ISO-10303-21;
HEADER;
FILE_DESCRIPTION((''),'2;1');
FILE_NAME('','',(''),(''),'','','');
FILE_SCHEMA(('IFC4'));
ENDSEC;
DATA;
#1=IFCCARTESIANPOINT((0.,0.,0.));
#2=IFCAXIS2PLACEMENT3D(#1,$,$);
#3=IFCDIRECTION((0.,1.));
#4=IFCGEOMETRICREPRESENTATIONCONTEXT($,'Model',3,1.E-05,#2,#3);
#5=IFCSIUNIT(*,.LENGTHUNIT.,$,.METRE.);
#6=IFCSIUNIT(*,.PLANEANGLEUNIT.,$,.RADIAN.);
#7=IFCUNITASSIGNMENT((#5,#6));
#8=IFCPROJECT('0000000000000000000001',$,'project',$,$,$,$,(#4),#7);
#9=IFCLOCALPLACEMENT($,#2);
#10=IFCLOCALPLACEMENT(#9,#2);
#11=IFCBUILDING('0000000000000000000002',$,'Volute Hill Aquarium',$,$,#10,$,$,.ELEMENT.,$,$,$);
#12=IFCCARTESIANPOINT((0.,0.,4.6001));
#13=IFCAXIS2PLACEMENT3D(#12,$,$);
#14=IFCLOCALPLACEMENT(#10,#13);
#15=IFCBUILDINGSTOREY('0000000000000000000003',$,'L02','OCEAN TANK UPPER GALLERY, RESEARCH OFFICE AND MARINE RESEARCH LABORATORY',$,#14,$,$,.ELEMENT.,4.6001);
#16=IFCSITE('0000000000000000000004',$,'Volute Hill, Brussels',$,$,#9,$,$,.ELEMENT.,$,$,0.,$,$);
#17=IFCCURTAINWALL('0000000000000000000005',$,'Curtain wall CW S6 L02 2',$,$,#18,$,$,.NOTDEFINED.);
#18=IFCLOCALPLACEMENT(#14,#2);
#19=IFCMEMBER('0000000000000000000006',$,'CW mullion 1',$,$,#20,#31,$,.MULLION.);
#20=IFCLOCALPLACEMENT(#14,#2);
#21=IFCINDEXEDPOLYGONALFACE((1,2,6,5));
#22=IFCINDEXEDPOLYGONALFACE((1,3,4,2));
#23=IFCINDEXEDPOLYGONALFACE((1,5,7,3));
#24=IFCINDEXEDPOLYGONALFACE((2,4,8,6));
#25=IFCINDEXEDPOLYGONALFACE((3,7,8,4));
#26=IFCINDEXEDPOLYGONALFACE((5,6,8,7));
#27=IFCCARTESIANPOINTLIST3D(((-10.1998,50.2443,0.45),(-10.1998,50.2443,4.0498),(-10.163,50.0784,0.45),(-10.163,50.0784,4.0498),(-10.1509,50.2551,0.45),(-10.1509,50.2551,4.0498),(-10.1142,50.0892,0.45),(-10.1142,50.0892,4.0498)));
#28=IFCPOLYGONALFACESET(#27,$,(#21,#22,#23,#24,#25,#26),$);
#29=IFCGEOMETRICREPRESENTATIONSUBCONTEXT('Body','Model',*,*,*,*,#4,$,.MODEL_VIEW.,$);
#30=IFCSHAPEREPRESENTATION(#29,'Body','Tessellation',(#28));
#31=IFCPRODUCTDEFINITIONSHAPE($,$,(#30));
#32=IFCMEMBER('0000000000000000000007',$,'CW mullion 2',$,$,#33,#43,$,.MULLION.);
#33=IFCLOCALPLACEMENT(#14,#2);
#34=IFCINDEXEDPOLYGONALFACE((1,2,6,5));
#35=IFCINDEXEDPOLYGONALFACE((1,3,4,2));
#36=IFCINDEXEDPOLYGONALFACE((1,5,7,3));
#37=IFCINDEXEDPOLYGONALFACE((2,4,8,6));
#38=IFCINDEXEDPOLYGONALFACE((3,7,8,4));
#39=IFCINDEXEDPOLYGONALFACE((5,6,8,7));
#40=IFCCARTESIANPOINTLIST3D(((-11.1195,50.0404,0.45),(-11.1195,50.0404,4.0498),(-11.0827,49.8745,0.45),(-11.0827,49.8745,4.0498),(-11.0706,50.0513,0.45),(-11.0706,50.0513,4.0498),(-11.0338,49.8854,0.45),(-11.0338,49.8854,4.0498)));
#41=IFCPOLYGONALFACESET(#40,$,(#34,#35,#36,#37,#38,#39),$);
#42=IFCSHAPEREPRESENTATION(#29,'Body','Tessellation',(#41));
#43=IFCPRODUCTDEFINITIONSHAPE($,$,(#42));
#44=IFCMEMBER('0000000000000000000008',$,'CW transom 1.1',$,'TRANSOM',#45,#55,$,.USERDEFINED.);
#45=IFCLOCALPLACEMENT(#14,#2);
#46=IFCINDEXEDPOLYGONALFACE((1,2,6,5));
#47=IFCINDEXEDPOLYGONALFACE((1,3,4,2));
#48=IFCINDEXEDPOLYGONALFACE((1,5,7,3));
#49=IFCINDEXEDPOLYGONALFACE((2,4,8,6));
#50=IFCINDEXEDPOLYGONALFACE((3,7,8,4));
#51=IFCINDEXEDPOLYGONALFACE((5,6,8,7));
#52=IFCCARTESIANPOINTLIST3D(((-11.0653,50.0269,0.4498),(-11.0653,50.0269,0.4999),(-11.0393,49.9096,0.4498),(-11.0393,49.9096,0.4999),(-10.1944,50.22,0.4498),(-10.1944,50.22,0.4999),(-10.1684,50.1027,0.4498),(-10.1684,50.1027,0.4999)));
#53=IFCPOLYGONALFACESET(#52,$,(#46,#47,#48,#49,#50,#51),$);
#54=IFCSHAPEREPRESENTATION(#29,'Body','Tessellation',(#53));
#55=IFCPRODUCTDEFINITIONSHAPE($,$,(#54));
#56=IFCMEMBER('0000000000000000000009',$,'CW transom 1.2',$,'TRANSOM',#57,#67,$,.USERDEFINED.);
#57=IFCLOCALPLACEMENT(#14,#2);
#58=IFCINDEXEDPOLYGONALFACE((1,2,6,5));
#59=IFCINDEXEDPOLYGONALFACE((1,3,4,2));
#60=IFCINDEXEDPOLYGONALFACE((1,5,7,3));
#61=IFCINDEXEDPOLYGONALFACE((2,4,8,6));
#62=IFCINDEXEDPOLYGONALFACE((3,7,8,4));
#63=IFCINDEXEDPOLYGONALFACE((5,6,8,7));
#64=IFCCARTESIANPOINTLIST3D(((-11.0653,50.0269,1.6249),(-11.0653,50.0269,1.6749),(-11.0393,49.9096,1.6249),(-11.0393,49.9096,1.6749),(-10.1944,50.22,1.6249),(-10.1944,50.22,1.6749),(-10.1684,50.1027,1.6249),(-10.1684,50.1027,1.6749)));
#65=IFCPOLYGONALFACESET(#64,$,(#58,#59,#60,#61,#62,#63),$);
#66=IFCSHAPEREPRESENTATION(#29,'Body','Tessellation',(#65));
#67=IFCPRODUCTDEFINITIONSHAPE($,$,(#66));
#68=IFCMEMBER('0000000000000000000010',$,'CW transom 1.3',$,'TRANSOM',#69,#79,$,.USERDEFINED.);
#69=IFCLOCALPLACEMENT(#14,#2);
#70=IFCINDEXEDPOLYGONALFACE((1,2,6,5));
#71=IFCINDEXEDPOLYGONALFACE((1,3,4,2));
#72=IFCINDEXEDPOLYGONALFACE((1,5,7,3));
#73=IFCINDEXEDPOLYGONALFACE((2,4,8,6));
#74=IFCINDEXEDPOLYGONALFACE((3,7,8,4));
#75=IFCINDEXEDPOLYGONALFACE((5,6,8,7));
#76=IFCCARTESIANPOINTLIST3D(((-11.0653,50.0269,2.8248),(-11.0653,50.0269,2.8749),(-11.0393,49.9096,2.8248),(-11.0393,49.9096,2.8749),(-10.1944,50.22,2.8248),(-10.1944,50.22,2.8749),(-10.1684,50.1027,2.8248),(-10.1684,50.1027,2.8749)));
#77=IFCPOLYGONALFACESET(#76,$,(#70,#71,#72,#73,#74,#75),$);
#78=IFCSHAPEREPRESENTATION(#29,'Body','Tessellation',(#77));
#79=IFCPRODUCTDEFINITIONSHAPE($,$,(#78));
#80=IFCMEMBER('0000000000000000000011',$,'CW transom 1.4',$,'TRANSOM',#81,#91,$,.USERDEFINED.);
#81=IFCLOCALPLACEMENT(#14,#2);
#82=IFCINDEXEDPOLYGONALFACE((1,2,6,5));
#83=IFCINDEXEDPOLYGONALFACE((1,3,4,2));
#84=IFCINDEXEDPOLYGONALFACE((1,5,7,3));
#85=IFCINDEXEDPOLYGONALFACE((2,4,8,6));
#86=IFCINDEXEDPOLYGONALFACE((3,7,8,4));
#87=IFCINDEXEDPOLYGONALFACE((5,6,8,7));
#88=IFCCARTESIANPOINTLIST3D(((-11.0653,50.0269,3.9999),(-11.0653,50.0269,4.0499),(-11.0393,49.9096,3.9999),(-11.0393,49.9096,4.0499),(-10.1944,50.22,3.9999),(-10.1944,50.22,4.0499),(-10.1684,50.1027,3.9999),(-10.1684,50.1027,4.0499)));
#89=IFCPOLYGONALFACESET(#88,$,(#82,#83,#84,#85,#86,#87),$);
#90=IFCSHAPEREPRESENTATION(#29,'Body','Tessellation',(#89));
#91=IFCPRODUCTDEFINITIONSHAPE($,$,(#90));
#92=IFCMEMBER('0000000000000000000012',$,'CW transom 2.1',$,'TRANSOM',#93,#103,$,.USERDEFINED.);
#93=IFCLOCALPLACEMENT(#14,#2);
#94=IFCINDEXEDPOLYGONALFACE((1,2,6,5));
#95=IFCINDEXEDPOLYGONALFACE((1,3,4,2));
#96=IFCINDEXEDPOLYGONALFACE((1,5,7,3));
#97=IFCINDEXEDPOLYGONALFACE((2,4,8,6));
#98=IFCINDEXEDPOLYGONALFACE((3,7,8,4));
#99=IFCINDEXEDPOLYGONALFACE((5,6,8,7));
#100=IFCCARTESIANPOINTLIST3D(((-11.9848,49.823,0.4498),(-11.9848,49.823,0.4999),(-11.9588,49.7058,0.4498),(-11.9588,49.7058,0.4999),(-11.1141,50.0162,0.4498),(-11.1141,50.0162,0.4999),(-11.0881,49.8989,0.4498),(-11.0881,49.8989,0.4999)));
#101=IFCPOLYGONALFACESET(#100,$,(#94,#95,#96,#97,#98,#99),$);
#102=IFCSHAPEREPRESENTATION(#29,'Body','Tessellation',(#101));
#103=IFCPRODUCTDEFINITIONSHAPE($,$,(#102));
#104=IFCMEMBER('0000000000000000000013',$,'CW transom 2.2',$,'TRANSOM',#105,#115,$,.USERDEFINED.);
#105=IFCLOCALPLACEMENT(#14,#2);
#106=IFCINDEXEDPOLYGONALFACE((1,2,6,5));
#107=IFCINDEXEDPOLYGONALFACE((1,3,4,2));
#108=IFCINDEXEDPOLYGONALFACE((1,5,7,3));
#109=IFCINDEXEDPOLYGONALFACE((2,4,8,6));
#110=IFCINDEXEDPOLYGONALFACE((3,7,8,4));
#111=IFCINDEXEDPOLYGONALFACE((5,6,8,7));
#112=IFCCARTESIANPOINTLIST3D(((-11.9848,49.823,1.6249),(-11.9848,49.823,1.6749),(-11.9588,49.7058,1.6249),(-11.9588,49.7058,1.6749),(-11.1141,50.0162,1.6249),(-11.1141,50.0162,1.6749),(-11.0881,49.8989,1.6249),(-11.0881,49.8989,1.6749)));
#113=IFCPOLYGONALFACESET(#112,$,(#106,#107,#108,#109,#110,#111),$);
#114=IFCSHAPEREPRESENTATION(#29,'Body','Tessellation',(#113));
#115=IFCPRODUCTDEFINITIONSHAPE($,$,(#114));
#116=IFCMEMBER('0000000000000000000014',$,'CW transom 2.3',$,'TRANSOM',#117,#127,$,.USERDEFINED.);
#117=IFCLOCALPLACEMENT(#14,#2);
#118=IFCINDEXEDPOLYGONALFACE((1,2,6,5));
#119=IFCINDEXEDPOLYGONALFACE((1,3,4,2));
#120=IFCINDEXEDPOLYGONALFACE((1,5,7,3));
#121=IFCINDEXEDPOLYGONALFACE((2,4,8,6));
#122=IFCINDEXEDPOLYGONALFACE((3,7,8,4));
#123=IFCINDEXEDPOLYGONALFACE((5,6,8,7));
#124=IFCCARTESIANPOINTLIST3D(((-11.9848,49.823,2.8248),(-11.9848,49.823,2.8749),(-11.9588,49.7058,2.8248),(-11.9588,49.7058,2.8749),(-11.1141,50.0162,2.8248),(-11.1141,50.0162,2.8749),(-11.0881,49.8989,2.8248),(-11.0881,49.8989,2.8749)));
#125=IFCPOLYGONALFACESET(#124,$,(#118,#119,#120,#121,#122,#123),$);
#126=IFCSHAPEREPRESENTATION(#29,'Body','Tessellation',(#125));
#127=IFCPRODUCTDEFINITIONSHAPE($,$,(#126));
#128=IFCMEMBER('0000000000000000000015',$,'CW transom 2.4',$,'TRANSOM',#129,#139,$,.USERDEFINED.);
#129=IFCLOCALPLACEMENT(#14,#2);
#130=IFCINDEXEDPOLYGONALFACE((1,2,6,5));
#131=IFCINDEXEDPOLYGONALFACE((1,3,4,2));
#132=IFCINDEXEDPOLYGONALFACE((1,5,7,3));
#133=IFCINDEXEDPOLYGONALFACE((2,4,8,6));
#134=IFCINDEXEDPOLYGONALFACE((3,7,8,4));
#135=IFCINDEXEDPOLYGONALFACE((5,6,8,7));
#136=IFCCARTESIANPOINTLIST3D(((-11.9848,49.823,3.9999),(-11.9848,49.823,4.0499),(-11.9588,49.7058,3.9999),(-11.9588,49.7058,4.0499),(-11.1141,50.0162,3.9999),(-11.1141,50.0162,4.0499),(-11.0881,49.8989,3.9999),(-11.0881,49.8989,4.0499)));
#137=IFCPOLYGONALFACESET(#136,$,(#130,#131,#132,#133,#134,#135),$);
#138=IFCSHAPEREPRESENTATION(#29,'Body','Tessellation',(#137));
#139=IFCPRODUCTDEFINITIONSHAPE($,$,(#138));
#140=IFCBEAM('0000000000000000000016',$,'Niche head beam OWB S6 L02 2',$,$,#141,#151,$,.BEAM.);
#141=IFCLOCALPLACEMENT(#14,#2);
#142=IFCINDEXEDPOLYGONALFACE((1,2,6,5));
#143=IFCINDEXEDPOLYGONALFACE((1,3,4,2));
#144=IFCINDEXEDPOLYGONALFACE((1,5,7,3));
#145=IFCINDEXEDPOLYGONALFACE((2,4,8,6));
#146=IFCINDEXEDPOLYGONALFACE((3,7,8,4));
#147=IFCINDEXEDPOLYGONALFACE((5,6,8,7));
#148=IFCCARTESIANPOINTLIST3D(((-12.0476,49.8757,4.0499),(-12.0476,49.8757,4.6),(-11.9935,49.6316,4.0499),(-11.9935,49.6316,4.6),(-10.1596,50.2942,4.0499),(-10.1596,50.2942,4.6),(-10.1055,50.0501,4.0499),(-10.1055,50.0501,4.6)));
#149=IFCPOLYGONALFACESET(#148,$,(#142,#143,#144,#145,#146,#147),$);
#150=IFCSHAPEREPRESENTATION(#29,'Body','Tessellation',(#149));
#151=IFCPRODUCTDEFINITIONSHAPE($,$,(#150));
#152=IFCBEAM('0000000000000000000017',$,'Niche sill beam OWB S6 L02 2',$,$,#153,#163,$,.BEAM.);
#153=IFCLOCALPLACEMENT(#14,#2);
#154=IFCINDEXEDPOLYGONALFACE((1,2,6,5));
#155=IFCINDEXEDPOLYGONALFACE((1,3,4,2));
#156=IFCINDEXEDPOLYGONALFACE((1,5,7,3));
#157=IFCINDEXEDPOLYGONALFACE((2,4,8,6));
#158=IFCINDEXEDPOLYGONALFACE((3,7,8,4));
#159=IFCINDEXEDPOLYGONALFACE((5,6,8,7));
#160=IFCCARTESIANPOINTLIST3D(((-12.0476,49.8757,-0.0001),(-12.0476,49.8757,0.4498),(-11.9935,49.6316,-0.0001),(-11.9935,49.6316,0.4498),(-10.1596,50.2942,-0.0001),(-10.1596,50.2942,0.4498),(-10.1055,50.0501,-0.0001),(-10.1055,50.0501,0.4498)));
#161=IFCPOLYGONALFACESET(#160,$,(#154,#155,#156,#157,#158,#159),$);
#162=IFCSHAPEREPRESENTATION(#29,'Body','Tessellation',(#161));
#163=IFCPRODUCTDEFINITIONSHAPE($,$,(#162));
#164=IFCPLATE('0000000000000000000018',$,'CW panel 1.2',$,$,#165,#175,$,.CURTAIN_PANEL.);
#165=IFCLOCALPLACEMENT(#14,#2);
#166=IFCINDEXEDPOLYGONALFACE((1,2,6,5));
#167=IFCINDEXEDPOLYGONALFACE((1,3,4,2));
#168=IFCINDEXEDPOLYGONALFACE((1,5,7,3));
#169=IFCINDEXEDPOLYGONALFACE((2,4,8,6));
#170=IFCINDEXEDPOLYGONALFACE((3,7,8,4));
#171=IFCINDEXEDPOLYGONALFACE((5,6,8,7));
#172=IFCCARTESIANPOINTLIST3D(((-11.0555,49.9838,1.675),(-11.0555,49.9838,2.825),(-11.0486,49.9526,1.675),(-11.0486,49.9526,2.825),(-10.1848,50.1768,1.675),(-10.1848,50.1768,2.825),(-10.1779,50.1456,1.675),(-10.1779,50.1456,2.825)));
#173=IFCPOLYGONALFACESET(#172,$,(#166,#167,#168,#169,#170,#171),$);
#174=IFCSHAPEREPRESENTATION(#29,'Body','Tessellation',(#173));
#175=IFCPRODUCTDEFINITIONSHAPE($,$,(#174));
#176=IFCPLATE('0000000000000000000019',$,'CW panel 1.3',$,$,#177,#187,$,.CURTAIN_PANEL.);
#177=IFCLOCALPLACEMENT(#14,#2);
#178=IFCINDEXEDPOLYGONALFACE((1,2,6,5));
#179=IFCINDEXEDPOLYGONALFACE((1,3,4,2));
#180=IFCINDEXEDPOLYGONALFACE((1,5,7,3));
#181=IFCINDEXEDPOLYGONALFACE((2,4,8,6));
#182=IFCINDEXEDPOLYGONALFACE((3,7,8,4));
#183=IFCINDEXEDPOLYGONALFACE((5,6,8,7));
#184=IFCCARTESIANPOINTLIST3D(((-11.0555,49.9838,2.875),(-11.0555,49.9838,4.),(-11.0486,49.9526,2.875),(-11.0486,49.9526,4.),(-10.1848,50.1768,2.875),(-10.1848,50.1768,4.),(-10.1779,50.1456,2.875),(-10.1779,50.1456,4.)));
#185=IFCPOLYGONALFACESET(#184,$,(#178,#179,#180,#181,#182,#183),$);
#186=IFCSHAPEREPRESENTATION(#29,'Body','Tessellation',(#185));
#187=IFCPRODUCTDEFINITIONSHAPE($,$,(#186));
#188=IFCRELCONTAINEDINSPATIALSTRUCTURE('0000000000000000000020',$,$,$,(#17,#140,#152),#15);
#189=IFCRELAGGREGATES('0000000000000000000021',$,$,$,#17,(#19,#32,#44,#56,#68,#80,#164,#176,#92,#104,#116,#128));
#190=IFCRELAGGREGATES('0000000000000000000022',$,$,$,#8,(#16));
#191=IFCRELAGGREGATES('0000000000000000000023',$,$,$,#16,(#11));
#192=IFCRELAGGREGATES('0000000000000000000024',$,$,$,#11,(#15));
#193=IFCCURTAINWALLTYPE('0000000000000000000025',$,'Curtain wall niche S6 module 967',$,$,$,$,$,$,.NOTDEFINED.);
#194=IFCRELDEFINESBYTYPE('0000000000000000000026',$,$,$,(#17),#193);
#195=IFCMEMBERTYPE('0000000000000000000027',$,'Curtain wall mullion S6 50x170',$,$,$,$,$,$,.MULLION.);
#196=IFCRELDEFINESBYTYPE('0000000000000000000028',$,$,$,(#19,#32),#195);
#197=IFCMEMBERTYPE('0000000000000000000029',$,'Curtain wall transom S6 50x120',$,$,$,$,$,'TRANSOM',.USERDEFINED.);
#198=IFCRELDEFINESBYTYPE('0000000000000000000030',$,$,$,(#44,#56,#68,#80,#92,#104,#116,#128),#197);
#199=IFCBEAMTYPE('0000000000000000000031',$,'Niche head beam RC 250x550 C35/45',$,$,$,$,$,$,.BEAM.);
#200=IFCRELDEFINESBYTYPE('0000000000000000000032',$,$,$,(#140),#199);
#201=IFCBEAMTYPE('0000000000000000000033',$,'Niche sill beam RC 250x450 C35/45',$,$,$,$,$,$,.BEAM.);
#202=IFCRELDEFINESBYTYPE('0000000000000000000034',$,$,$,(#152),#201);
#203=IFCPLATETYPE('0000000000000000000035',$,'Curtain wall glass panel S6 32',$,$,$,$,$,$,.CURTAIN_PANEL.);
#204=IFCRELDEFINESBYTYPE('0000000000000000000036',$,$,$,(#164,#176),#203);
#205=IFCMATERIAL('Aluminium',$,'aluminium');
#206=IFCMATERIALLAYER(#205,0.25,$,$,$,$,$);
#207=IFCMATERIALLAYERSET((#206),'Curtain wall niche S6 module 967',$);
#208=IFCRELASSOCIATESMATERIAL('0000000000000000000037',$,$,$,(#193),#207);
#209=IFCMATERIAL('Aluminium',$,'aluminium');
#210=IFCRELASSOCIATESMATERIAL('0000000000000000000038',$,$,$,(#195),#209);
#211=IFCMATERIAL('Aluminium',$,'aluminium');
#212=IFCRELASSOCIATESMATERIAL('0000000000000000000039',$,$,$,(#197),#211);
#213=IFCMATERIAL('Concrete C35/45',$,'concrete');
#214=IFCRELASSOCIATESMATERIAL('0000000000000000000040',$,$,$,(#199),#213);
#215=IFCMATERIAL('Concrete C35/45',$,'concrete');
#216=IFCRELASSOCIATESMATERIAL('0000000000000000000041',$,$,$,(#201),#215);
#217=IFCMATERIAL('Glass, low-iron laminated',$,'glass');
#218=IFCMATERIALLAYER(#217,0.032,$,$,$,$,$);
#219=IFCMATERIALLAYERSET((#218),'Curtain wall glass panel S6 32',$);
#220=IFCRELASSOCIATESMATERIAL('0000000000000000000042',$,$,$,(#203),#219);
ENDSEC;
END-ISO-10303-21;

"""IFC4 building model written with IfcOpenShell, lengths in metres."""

from ifc_helpers import new_model, si_unit, direction, frame, origin, origin_2d, place, context, subcontext, project, spatial, rectangle, extrude, material, layer, layer_set, material_profile, profile_set, type_object, element, aggregate, save


model = new_model("IFC4")

# Units and contexts
model_context = context("Model", 3, precision=1e-05, world=origin(), true_north=direction((0.0, 1.0)))
body_context = subcontext(model_context, "Body", "Model", "MODEL_VIEW")
ifc_project = project(units=[si_unit("LENGTHUNIT", "METRE"), si_unit("PLANEANGLEUNIT", "RADIAN")], contexts=[model_context])

# Site, building, storey
site_placement = place(None, origin())
site = spatial("IfcSite", under=ifc_project, at=site_placement, Name="Volute Hill, Brussels", CompositionType="ELEMENT", RefElevation=0.0)
building_placement = place(site_placement, origin())
building = spatial("IfcBuilding", under=site, at=building_placement, Name="Volute Hill Aquarium", CompositionType="ELEMENT")
storey_placement = place(building_placement, frame((0.0, 0.0, 4.6001)))
storey = spatial("IfcBuildingStorey", under=building, at=storey_placement, Name="L02", Description="OCEAN TANK UPPER GALLERY, RESEARCH OFFICE AND MARINE RESEARCH LABORATORY", CompositionType="ELEMENT", Elevation=4.6001)

# Curtain wall, members
ifc_material_1 = material(Name="Aluminium", Category="aluminium")
ifc_layer_1 = layer(ifc_material_1, 0.25)
ifc_layer_set_1 = layer_set([ifc_layer_1], Name="Curtain wall niche S6 module 967")
curtain_wall_type = type_object("IfcCurtainWallType", Name="Curtain wall niche S6 module 967", PredefinedType="NOTDEFINED", material=ifc_layer_set_1)
curtain_wall_placement = place(storey_placement, origin())
curtain_wall = element("IfcCurtainWall", 1, at=curtain_wall_placement, inside=storey, type_object=curtain_wall_type, Name="Curtain wall CW S6 L02 2", PredefinedType="NOTDEFINED")
ifc_material_2 = material(Name="Aluminium", Category="aluminium")
ifc_material_profile_1 = material_profile(ifc_material_2, rectangle(XDim=0.1699, YDim=0.05, at=origin_2d()), Name="Curtain wall mullion S6 50x170")
ifc_profile_set_1 = profile_set([ifc_material_profile_1], Name="Aluminium")
member_type_1 = type_object("IfcMemberType", Name="Curtain wall mullion S6 50x170", PredefinedType="MULLION", material=ifc_profile_set_1)
member_1_placement = place(storey_placement, frame((-10.157, 50.1667, 0.45), z_axis=(0.0, 0.0, 1.0), x_axis=(0.216429, -0.976298, 0.0)))
member_1 = element("IfcMember", 2, at=member_1_placement, type_object=member_type_1, Name="CW mullion 1", PredefinedType="MULLION", context=body_context, shape_type="SweptSolid", body=[
    extrude(rectangle(XDim=0.1699, YDim=0.05, at=origin_2d()), origin(), (0.0, 0.0, 1.0), 3.5999),
])
member_2_placement = place(storey_placement, frame((-11.0767, 49.9629, 0.45), z_axis=(0.0, 0.0, 1.0), x_axis=(0.216429, -0.976298, 0.0)))
member_2 = element("IfcMember", 3, at=member_2_placement, type_object=member_type_1, Name="CW mullion 2", PredefinedType="MULLION", context=body_context, shape_type="SweptSolid", body=[
    extrude(rectangle(XDim=0.1699, YDim=0.05, at=origin_2d()), origin(), (0.0, 0.0, 1.0), 3.5999),
])
ifc_material_3 = material(Name="Aluminium", Category="aluminium")
ifc_material_profile_2 = material_profile(ifc_material_3, rectangle(XDim=0.1201, YDim=0.05, at=origin_2d()), Name="Curtain wall transom S6 50x120")
ifc_profile_set_2 = profile_set([ifc_material_profile_2], Name="Aluminium")
member_type_2 = type_object("IfcMemberType", Name="Curtain wall transom S6 50x120", ElementType="TRANSOM", PredefinedType="USERDEFINED", material=ifc_profile_set_2)
member_3_placement = place(storey_placement, frame((-10.1814, 50.1614, 0.4749), z_axis=(-0.976284, -0.216496, 0.0), x_axis=(0.216496, -0.976284, 0.0)))
member_3 = element("IfcMember", 4, at=member_3_placement, type_object=member_type_2, Name="CW transom 1.1", ObjectType="TRANSOM", PredefinedType="USERDEFINED", context=body_context, shape_type="SweptSolid", body=[
    extrude(rectangle(XDim=0.1201, YDim=0.05, at=origin_2d()), origin(), (0.0, 0.0, 1.0), 0.8921),
])
member_4_placement = place(storey_placement, frame((-10.1814, 50.1614, 1.6499), z_axis=(-0.976284, -0.216496, 0.0), x_axis=(0.216496, -0.976284, 0.0)))
member_4 = element("IfcMember", 5, at=member_4_placement, type_object=member_type_2, Name="CW transom 1.2", ObjectType="TRANSOM", PredefinedType="USERDEFINED", context=body_context, shape_type="SweptSolid", body=[
    extrude(rectangle(XDim=0.1201, YDim=0.05, at=origin_2d()), origin(), (0.0, 0.0, 1.0), 0.8921),
])
member_5_placement = place(storey_placement, frame((-10.1814, 50.1614, 2.8499), z_axis=(-0.976284, -0.216496, 0.0), x_axis=(0.216496, -0.976284, 0.0)))
member_5 = element("IfcMember", 6, at=member_5_placement, type_object=member_type_2, Name="CW transom 1.3", ObjectType="TRANSOM", PredefinedType="USERDEFINED", context=body_context, shape_type="SweptSolid", body=[
    extrude(rectangle(XDim=0.1201, YDim=0.05, at=origin_2d()), origin(), (0.0, 0.0, 1.0), 0.8921),
])
member_6_placement = place(storey_placement, frame((-10.1814, 50.1614, 4.0249), z_axis=(-0.976284, -0.216496, 0.0), x_axis=(0.216496, -0.976284, 0.0)))
member_6 = element("IfcMember", 7, at=member_6_placement, type_object=member_type_2, Name="CW transom 1.4", ObjectType="TRANSOM", PredefinedType="USERDEFINED", context=body_context, shape_type="SweptSolid", body=[
    extrude(rectangle(XDim=0.1201, YDim=0.05, at=origin_2d()), origin(), (0.0, 0.0, 1.0), 0.8921),
])
member_7_placement = place(storey_placement, frame((-11.1011, 49.9575, 0.4749), z_axis=(-0.976271, -0.216554, 0.0), x_axis=(0.216554, -0.976271, 0.0)))
member_7 = element("IfcMember", 8, at=member_7_placement, type_object=member_type_2, Name="CW transom 2.1", ObjectType="TRANSOM", PredefinedType="USERDEFINED", context=body_context, shape_type="SweptSolid", body=[
    extrude(rectangle(XDim=0.1201, YDim=0.05, at=origin_2d()), origin(), (0.0, 0.0, 1.0), 0.8918),
])
member_8_placement = place(storey_placement, frame((-11.1011, 49.9575, 1.6499), z_axis=(-0.976271, -0.216554, 0.0), x_axis=(0.216554, -0.976271, 0.0)))
member_8 = element("IfcMember", 9, at=member_8_placement, type_object=member_type_2, Name="CW transom 2.2", ObjectType="TRANSOM", PredefinedType="USERDEFINED", context=body_context, shape_type="SweptSolid", body=[
    extrude(rectangle(XDim=0.1201, YDim=0.05, at=origin_2d()), origin(), (0.0, 0.0, 1.0), 0.8918),
])
member_9_placement = place(storey_placement, frame((-11.1011, 49.9575, 2.8499), z_axis=(-0.976271, -0.216554, 0.0), x_axis=(0.216554, -0.976271, 0.0)))
member_9 = element("IfcMember", 10, at=member_9_placement, type_object=member_type_2, Name="CW transom 2.3", ObjectType="TRANSOM", PredefinedType="USERDEFINED", context=body_context, shape_type="SweptSolid", body=[
    extrude(rectangle(XDim=0.1201, YDim=0.05, at=origin_2d()), origin(), (0.0, 0.0, 1.0), 0.8918),
])
member_10_placement = place(storey_placement, frame((-11.1011, 49.9575, 4.0249), z_axis=(-0.976271, -0.216554, 0.0), x_axis=(0.216554, -0.976271, 0.0)))
member_10 = element("IfcMember", 11, at=member_10_placement, type_object=member_type_2, Name="CW transom 2.4", ObjectType="TRANSOM", PredefinedType="USERDEFINED", context=body_context, shape_type="SweptSolid", body=[
    extrude(rectangle(XDim=0.1201, YDim=0.05, at=origin_2d()), origin(), (0.0, 0.0, 1.0), 0.8918),
])

# Beams
ifc_material_4 = material(Name="Concrete C35/45", Category="concrete")
ifc_material_profile_3 = material_profile(ifc_material_4, rectangle(XDim=0.25, YDim=0.55, at=origin_2d()), Name="RC beam 250x550")
ifc_profile_set_3 = profile_set([ifc_material_profile_3], Name="Concrete C35/45")
beam_type_1 = type_object("IfcBeamType", Name="Niche head beam RC 250x550 C35/45", PredefinedType="BEAM", material=ifc_profile_set_3)
beam_1_placement = place(storey_placement, frame((-10.1326, 50.1721, 4.325), z_axis=(-0.976306, -0.216396, 0.0), x_axis=(0.216396, -0.976306, 0.0)))
element("IfcBeam", 12, at=beam_1_placement, inside=storey, type_object=beam_type_1, Name="Niche head beam OWB S6 L02 2", PredefinedType="BEAM", context=body_context, shape_type="SweptSolid", body=[
    extrude(rectangle(XDim=0.25, YDim=0.55, at=origin_2d()), origin(), (0.0, 0.0, 1.0), 1.9338),
])
ifc_material_5 = material(Name="Concrete C35/45", Category="concrete")
ifc_material_profile_4 = material_profile(ifc_material_5, rectangle(XDim=0.25, YDim=0.45, at=origin_2d()), Name="RC beam 250x450")
ifc_profile_set_4 = profile_set([ifc_material_profile_4], Name="Concrete C35/45")
beam_type_2 = type_object("IfcBeamType", Name="Niche sill beam RC 250x450 C35/45", PredefinedType="BEAM", material=ifc_profile_set_4)
beam_2_placement = place(storey_placement, frame((-10.1326, 50.1721, 0.2249), z_axis=(-0.976306, -0.216396, 0.0), x_axis=(0.216396, -0.976306, 0.0)))
element("IfcBeam", 13, at=beam_2_placement, inside=storey, type_object=beam_type_2, Name="Niche sill beam OWB S6 L02 2", PredefinedType="BEAM", context=body_context, shape_type="SweptSolid", body=[
    extrude(rectangle(XDim=0.25, YDim=0.45, at=origin_2d()), origin(), (0.0, 0.0, 1.0), 1.9338),
])

# Plates
ifc_material_6 = material(Name="Glass, low-iron laminated", Category="glass")
ifc_layer_2 = layer(ifc_material_6, 0.032)
ifc_layer_set_2 = layer_set([ifc_layer_2], Name="Curtain wall glass panel S6 32")
plate_type_1 = type_object("IfcPlateType", Name="Curtain wall glass panel S6 32", PredefinedType="CURTAIN_PANEL", material=ifc_layer_set_2)
plate_1_placement = place(storey_placement, frame((-10.6167, 50.0647, 1.675), z_axis=(0.0, 0.0, 1.0), x_axis=(-0.976298, -0.216429, 0.0)))
plate_1 = element("IfcPlate", 14, at=plate_1_placement, type_object=plate_type_1, Name="CW panel 1.2", PredefinedType="CURTAIN_PANEL", context=body_context, shape_type="SweptSolid", body=[
    extrude(rectangle(XDim=0.8918, YDim=0.032, at=origin_2d()), origin(), (0.0, 0.0, 1.0), 1.1499),
])
plate_2_placement = place(storey_placement, frame((-10.6167, 50.0647, 2.875), z_axis=(0.0, 0.0, 1.0), x_axis=(-0.976298, -0.216429, 0.0)))
plate_2 = element("IfcPlate", 15, at=plate_2_placement, type_object=plate_type_1, Name="CW panel 1.3", PredefinedType="CURTAIN_PANEL", context=body_context, shape_type="SweptSolid", body=[
    extrude(rectangle(XDim=0.8918, YDim=0.032, at=origin_2d()), origin(), (0.0, 0.0, 1.0), 1.125),
])
aggregate(curtain_wall, [member_1, member_2, member_3, member_4, member_5, member_6, plate_1, plate_2, member_7, member_8, member_9, member_10])

save(model, "model.ifc")
